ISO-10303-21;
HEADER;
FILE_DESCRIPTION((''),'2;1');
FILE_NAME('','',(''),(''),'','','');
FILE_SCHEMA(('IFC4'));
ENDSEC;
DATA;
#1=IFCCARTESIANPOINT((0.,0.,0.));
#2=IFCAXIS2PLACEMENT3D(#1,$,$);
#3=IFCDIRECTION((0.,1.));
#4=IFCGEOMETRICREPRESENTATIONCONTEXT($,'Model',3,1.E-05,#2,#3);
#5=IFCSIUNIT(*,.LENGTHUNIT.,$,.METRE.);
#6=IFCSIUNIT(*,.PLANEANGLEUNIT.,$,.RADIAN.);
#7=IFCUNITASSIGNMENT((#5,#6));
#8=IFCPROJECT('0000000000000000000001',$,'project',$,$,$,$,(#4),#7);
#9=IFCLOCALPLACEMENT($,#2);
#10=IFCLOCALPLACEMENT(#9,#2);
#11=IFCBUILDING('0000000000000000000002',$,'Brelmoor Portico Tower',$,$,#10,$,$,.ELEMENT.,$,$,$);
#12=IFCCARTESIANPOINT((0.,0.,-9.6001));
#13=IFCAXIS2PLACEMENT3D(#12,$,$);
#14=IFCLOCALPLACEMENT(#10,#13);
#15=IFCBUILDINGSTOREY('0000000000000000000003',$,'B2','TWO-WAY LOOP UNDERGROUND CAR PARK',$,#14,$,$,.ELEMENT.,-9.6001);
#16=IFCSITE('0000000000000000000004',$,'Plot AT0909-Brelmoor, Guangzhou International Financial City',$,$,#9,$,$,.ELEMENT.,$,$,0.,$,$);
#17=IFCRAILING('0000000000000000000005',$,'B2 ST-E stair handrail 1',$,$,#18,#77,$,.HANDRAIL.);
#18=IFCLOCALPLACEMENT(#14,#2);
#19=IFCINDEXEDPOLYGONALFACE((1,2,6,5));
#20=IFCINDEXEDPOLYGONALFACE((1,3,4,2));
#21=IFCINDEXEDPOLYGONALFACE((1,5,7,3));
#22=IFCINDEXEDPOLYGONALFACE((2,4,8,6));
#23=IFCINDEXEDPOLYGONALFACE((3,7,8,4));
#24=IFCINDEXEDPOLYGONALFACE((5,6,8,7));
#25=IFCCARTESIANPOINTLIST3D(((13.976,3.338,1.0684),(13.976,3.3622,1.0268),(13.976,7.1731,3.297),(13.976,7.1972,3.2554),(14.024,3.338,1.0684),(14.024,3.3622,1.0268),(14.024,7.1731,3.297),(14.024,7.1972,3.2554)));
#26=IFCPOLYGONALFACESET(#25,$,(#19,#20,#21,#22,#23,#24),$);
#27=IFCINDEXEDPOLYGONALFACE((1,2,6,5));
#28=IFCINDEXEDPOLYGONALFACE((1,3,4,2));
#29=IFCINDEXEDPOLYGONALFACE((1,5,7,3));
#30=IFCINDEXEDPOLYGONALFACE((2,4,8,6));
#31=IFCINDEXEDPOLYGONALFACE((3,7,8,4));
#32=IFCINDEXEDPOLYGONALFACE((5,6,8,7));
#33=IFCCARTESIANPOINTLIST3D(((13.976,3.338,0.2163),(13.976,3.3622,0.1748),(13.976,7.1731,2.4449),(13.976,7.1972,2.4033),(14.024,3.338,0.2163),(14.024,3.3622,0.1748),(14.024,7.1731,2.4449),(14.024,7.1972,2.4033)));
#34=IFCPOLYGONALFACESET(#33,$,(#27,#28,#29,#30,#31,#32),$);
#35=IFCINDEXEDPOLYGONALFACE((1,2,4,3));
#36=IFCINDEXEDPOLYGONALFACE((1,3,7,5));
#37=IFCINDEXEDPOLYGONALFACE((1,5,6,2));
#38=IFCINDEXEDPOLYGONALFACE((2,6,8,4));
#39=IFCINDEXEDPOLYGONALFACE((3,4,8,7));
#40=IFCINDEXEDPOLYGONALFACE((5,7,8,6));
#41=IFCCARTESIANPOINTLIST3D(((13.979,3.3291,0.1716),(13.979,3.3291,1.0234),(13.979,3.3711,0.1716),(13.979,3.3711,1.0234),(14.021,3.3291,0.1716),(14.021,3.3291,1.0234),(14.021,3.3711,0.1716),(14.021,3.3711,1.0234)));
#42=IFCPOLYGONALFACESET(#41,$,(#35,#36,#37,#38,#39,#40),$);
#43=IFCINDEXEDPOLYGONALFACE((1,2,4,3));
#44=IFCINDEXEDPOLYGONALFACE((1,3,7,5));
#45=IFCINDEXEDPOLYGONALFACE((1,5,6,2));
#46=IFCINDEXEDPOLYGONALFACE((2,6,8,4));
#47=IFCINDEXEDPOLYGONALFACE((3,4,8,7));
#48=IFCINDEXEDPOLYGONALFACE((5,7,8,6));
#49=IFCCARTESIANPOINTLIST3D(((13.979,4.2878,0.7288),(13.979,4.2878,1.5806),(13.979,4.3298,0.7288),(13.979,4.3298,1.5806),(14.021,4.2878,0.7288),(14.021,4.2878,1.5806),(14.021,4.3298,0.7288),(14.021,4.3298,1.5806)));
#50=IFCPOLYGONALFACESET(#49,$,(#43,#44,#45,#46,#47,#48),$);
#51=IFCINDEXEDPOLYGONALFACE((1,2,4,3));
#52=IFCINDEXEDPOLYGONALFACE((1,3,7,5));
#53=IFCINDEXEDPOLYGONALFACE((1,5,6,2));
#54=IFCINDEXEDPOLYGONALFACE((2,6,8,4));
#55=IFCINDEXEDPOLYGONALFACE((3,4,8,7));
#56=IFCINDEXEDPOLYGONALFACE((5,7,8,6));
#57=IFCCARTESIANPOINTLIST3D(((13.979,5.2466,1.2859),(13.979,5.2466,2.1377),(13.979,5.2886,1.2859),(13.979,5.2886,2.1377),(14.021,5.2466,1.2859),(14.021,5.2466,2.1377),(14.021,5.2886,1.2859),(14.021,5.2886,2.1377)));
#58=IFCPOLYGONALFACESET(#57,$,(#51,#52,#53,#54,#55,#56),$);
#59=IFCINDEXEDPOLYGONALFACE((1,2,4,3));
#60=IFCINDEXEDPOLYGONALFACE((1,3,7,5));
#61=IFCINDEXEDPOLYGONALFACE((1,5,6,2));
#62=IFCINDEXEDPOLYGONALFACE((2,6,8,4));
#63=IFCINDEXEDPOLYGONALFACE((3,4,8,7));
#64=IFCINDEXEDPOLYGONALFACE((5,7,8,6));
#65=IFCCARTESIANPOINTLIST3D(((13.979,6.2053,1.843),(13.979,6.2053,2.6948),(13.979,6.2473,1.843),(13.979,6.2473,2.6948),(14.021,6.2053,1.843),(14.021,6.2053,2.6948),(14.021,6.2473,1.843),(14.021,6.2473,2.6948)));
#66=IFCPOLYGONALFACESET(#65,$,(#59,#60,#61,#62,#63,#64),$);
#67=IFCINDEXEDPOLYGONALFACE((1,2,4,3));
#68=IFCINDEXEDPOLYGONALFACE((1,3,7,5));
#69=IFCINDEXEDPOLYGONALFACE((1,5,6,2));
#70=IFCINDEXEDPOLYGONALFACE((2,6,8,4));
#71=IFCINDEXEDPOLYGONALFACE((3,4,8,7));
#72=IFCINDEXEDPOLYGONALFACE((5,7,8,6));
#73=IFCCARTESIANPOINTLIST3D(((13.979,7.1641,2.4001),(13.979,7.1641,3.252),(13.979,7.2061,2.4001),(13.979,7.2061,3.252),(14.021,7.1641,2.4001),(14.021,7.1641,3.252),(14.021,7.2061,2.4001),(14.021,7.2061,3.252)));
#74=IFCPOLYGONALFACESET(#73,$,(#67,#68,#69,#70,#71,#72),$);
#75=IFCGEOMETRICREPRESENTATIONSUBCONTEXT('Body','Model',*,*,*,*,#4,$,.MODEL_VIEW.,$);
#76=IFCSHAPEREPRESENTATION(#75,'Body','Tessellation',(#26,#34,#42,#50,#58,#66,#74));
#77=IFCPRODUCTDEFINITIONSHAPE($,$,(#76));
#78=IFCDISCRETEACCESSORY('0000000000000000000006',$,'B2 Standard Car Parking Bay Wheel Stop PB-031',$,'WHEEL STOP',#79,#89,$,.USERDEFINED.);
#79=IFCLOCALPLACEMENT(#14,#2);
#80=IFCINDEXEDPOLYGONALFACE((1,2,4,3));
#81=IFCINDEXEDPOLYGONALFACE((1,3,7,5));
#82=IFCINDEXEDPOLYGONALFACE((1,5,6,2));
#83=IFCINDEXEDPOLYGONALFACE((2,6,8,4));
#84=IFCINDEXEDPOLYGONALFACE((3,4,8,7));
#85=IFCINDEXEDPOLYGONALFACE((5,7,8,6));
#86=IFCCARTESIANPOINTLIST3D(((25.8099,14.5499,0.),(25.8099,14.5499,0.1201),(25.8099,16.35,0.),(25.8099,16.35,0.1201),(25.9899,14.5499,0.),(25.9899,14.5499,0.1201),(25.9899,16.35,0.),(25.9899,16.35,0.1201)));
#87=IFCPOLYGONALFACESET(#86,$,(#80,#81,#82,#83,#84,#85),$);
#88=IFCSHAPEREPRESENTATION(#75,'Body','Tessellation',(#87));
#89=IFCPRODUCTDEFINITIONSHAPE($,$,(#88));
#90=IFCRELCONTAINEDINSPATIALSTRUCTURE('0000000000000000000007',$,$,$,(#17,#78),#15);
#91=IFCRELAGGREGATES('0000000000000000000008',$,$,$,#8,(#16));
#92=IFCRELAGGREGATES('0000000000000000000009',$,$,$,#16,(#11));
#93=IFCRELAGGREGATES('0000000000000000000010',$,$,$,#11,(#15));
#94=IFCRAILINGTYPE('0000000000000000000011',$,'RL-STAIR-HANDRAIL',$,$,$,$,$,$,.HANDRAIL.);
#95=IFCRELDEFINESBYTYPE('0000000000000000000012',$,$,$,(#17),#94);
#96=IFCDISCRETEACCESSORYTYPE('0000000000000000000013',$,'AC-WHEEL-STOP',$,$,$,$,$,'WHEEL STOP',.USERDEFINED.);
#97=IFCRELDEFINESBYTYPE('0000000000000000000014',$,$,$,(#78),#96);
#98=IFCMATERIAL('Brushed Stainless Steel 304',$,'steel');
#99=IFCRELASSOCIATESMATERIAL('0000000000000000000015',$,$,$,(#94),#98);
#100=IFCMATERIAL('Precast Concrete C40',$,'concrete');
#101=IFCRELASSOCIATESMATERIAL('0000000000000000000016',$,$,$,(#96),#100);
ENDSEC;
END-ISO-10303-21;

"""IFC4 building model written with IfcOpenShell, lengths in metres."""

from ifc_helpers import new_model, si_unit, direction, frame, origin, origin_2d, place, context, subcontext, project, spatial, rectangle, extrude, material, type_object, element, save


model = new_model("IFC4")

# Units and contexts
model_context = context("Model", 3, precision=1e-05, world=origin(), true_north=direction((0.0, 1.0)))
body_context = subcontext(model_context, "Body", "Model", "MODEL_VIEW")
ifc_project = project(units=[si_unit("LENGTHUNIT", "METRE"), si_unit("PLANEANGLEUNIT", "RADIAN")], contexts=[model_context])

# Site, building, storey
site_placement = place(None, origin())
site = spatial("IfcSite", under=ifc_project, at=site_placement, Name="Plot AT0909-Brelmoor, Guangzhou International Financial City", CompositionType="ELEMENT", RefElevation=0.0)
building_placement = place(site_placement, origin())
building = spatial("IfcBuilding", under=site, at=building_placement, Name="Brelmoor Portico Tower", CompositionType="ELEMENT")
storey_placement = place(building_placement, frame((0.0, 0.0, -9.6001)))
storey = spatial("IfcBuildingStorey", under=building, at=storey_placement, Name="B2", Description="TWO-WAY LOOP UNDERGROUND CAR PARK", CompositionType="ELEMENT", Elevation=-9.6001)

# Railing
ifc_material_1 = material(Name="Brushed Stainless Steel 304", Category="steel")
railing_type_1 = type_object("IfcRailingType", Name="RL-STAIR-HANDRAIL", PredefinedType="HANDRAIL", material=ifc_material_1)
railing_1_placement = place(storey_placement, frame((14.0, 3.3501, 0.1716)))
element("IfcRailing", 1, at=railing_1_placement, inside=storey, type_object=railing_type_1, Name="B2 ST-E stair handrail 1", PredefinedType="HANDRAIL", context=body_context, shape_type="SweptSolid", body=[
    extrude(rectangle(XDim=0.0481, YDim=0.0481, at=origin_2d()), frame((0.0, 0.0, 0.876), z_axis=(0.0, 0.864616, 0.502433), x_axis=(-1.0, 0.0, 0.0)), (0.0, 0.0, 1.0), 4.4355),
    extrude(rectangle(XDim=0.0481, YDim=0.0481, at=origin_2d()), frame((0.0, 0.0, 0.0239), z_axis=(0.0, 0.864616, 0.502433), x_axis=(-1.0, 0.0, 0.0)), (0.0, 0.0, 1.0), 4.4355),
    extrude(rectangle(XDim=0.042, YDim=0.042, at=origin_2d()), origin(), (0.0, 0.0, 1.0), 0.8518),
    extrude(rectangle(XDim=0.042, YDim=0.042, at=origin_2d()), frame((0.0, 0.9587, 0.5571)), (0.0, 0.0, 1.0), 0.8518),
    extrude(rectangle(XDim=0.042, YDim=0.042, at=origin_2d()), frame((0.0, 1.9175, 1.1143)), (0.0, 0.0, 1.0), 0.8518),
    extrude(rectangle(XDim=0.042, YDim=0.042, at=origin_2d()), frame((0.0, 2.8762, 1.6714)), (0.0, 0.0, 1.0), 0.8518),
    extrude(rectangle(XDim=0.042, YDim=0.042, at=origin_2d()), frame((0.0, 3.835, 2.2285)), (0.0, 0.0, 1.0), 0.8518),
])

# Discrete accessory
ifc_material_2 = material(Name="Precast Concrete C40", Category="concrete")
discrete_accessory_type = type_object("IfcDiscreteAccessoryType", Name="AC-WHEEL-STOP", ElementType="WHEEL STOP", PredefinedType="USERDEFINED", material=ifc_material_2)
discrete_accessory_placement = place(storey_placement, frame((25.8999, 15.45, 0.0), z_axis=(0.0, 0.0, 1.0), x_axis=(0.0, 1.0, 0.0)))
element("IfcDiscreteAccessory", 2, at=discrete_accessory_placement, inside=storey, type_object=discrete_accessory_type, Name="B2 Standard Car Parking Bay Wheel Stop PB-031", ObjectType="WHEEL STOP", PredefinedType="USERDEFINED", context=body_context, shape_type="SweptSolid", body=[
    extrude(rectangle(XDim=1.8, YDim=0.1799, at=origin_2d()), origin(), (0.0, 0.0, 1.0), 0.1201),
])

save(model, "model.ifc")
